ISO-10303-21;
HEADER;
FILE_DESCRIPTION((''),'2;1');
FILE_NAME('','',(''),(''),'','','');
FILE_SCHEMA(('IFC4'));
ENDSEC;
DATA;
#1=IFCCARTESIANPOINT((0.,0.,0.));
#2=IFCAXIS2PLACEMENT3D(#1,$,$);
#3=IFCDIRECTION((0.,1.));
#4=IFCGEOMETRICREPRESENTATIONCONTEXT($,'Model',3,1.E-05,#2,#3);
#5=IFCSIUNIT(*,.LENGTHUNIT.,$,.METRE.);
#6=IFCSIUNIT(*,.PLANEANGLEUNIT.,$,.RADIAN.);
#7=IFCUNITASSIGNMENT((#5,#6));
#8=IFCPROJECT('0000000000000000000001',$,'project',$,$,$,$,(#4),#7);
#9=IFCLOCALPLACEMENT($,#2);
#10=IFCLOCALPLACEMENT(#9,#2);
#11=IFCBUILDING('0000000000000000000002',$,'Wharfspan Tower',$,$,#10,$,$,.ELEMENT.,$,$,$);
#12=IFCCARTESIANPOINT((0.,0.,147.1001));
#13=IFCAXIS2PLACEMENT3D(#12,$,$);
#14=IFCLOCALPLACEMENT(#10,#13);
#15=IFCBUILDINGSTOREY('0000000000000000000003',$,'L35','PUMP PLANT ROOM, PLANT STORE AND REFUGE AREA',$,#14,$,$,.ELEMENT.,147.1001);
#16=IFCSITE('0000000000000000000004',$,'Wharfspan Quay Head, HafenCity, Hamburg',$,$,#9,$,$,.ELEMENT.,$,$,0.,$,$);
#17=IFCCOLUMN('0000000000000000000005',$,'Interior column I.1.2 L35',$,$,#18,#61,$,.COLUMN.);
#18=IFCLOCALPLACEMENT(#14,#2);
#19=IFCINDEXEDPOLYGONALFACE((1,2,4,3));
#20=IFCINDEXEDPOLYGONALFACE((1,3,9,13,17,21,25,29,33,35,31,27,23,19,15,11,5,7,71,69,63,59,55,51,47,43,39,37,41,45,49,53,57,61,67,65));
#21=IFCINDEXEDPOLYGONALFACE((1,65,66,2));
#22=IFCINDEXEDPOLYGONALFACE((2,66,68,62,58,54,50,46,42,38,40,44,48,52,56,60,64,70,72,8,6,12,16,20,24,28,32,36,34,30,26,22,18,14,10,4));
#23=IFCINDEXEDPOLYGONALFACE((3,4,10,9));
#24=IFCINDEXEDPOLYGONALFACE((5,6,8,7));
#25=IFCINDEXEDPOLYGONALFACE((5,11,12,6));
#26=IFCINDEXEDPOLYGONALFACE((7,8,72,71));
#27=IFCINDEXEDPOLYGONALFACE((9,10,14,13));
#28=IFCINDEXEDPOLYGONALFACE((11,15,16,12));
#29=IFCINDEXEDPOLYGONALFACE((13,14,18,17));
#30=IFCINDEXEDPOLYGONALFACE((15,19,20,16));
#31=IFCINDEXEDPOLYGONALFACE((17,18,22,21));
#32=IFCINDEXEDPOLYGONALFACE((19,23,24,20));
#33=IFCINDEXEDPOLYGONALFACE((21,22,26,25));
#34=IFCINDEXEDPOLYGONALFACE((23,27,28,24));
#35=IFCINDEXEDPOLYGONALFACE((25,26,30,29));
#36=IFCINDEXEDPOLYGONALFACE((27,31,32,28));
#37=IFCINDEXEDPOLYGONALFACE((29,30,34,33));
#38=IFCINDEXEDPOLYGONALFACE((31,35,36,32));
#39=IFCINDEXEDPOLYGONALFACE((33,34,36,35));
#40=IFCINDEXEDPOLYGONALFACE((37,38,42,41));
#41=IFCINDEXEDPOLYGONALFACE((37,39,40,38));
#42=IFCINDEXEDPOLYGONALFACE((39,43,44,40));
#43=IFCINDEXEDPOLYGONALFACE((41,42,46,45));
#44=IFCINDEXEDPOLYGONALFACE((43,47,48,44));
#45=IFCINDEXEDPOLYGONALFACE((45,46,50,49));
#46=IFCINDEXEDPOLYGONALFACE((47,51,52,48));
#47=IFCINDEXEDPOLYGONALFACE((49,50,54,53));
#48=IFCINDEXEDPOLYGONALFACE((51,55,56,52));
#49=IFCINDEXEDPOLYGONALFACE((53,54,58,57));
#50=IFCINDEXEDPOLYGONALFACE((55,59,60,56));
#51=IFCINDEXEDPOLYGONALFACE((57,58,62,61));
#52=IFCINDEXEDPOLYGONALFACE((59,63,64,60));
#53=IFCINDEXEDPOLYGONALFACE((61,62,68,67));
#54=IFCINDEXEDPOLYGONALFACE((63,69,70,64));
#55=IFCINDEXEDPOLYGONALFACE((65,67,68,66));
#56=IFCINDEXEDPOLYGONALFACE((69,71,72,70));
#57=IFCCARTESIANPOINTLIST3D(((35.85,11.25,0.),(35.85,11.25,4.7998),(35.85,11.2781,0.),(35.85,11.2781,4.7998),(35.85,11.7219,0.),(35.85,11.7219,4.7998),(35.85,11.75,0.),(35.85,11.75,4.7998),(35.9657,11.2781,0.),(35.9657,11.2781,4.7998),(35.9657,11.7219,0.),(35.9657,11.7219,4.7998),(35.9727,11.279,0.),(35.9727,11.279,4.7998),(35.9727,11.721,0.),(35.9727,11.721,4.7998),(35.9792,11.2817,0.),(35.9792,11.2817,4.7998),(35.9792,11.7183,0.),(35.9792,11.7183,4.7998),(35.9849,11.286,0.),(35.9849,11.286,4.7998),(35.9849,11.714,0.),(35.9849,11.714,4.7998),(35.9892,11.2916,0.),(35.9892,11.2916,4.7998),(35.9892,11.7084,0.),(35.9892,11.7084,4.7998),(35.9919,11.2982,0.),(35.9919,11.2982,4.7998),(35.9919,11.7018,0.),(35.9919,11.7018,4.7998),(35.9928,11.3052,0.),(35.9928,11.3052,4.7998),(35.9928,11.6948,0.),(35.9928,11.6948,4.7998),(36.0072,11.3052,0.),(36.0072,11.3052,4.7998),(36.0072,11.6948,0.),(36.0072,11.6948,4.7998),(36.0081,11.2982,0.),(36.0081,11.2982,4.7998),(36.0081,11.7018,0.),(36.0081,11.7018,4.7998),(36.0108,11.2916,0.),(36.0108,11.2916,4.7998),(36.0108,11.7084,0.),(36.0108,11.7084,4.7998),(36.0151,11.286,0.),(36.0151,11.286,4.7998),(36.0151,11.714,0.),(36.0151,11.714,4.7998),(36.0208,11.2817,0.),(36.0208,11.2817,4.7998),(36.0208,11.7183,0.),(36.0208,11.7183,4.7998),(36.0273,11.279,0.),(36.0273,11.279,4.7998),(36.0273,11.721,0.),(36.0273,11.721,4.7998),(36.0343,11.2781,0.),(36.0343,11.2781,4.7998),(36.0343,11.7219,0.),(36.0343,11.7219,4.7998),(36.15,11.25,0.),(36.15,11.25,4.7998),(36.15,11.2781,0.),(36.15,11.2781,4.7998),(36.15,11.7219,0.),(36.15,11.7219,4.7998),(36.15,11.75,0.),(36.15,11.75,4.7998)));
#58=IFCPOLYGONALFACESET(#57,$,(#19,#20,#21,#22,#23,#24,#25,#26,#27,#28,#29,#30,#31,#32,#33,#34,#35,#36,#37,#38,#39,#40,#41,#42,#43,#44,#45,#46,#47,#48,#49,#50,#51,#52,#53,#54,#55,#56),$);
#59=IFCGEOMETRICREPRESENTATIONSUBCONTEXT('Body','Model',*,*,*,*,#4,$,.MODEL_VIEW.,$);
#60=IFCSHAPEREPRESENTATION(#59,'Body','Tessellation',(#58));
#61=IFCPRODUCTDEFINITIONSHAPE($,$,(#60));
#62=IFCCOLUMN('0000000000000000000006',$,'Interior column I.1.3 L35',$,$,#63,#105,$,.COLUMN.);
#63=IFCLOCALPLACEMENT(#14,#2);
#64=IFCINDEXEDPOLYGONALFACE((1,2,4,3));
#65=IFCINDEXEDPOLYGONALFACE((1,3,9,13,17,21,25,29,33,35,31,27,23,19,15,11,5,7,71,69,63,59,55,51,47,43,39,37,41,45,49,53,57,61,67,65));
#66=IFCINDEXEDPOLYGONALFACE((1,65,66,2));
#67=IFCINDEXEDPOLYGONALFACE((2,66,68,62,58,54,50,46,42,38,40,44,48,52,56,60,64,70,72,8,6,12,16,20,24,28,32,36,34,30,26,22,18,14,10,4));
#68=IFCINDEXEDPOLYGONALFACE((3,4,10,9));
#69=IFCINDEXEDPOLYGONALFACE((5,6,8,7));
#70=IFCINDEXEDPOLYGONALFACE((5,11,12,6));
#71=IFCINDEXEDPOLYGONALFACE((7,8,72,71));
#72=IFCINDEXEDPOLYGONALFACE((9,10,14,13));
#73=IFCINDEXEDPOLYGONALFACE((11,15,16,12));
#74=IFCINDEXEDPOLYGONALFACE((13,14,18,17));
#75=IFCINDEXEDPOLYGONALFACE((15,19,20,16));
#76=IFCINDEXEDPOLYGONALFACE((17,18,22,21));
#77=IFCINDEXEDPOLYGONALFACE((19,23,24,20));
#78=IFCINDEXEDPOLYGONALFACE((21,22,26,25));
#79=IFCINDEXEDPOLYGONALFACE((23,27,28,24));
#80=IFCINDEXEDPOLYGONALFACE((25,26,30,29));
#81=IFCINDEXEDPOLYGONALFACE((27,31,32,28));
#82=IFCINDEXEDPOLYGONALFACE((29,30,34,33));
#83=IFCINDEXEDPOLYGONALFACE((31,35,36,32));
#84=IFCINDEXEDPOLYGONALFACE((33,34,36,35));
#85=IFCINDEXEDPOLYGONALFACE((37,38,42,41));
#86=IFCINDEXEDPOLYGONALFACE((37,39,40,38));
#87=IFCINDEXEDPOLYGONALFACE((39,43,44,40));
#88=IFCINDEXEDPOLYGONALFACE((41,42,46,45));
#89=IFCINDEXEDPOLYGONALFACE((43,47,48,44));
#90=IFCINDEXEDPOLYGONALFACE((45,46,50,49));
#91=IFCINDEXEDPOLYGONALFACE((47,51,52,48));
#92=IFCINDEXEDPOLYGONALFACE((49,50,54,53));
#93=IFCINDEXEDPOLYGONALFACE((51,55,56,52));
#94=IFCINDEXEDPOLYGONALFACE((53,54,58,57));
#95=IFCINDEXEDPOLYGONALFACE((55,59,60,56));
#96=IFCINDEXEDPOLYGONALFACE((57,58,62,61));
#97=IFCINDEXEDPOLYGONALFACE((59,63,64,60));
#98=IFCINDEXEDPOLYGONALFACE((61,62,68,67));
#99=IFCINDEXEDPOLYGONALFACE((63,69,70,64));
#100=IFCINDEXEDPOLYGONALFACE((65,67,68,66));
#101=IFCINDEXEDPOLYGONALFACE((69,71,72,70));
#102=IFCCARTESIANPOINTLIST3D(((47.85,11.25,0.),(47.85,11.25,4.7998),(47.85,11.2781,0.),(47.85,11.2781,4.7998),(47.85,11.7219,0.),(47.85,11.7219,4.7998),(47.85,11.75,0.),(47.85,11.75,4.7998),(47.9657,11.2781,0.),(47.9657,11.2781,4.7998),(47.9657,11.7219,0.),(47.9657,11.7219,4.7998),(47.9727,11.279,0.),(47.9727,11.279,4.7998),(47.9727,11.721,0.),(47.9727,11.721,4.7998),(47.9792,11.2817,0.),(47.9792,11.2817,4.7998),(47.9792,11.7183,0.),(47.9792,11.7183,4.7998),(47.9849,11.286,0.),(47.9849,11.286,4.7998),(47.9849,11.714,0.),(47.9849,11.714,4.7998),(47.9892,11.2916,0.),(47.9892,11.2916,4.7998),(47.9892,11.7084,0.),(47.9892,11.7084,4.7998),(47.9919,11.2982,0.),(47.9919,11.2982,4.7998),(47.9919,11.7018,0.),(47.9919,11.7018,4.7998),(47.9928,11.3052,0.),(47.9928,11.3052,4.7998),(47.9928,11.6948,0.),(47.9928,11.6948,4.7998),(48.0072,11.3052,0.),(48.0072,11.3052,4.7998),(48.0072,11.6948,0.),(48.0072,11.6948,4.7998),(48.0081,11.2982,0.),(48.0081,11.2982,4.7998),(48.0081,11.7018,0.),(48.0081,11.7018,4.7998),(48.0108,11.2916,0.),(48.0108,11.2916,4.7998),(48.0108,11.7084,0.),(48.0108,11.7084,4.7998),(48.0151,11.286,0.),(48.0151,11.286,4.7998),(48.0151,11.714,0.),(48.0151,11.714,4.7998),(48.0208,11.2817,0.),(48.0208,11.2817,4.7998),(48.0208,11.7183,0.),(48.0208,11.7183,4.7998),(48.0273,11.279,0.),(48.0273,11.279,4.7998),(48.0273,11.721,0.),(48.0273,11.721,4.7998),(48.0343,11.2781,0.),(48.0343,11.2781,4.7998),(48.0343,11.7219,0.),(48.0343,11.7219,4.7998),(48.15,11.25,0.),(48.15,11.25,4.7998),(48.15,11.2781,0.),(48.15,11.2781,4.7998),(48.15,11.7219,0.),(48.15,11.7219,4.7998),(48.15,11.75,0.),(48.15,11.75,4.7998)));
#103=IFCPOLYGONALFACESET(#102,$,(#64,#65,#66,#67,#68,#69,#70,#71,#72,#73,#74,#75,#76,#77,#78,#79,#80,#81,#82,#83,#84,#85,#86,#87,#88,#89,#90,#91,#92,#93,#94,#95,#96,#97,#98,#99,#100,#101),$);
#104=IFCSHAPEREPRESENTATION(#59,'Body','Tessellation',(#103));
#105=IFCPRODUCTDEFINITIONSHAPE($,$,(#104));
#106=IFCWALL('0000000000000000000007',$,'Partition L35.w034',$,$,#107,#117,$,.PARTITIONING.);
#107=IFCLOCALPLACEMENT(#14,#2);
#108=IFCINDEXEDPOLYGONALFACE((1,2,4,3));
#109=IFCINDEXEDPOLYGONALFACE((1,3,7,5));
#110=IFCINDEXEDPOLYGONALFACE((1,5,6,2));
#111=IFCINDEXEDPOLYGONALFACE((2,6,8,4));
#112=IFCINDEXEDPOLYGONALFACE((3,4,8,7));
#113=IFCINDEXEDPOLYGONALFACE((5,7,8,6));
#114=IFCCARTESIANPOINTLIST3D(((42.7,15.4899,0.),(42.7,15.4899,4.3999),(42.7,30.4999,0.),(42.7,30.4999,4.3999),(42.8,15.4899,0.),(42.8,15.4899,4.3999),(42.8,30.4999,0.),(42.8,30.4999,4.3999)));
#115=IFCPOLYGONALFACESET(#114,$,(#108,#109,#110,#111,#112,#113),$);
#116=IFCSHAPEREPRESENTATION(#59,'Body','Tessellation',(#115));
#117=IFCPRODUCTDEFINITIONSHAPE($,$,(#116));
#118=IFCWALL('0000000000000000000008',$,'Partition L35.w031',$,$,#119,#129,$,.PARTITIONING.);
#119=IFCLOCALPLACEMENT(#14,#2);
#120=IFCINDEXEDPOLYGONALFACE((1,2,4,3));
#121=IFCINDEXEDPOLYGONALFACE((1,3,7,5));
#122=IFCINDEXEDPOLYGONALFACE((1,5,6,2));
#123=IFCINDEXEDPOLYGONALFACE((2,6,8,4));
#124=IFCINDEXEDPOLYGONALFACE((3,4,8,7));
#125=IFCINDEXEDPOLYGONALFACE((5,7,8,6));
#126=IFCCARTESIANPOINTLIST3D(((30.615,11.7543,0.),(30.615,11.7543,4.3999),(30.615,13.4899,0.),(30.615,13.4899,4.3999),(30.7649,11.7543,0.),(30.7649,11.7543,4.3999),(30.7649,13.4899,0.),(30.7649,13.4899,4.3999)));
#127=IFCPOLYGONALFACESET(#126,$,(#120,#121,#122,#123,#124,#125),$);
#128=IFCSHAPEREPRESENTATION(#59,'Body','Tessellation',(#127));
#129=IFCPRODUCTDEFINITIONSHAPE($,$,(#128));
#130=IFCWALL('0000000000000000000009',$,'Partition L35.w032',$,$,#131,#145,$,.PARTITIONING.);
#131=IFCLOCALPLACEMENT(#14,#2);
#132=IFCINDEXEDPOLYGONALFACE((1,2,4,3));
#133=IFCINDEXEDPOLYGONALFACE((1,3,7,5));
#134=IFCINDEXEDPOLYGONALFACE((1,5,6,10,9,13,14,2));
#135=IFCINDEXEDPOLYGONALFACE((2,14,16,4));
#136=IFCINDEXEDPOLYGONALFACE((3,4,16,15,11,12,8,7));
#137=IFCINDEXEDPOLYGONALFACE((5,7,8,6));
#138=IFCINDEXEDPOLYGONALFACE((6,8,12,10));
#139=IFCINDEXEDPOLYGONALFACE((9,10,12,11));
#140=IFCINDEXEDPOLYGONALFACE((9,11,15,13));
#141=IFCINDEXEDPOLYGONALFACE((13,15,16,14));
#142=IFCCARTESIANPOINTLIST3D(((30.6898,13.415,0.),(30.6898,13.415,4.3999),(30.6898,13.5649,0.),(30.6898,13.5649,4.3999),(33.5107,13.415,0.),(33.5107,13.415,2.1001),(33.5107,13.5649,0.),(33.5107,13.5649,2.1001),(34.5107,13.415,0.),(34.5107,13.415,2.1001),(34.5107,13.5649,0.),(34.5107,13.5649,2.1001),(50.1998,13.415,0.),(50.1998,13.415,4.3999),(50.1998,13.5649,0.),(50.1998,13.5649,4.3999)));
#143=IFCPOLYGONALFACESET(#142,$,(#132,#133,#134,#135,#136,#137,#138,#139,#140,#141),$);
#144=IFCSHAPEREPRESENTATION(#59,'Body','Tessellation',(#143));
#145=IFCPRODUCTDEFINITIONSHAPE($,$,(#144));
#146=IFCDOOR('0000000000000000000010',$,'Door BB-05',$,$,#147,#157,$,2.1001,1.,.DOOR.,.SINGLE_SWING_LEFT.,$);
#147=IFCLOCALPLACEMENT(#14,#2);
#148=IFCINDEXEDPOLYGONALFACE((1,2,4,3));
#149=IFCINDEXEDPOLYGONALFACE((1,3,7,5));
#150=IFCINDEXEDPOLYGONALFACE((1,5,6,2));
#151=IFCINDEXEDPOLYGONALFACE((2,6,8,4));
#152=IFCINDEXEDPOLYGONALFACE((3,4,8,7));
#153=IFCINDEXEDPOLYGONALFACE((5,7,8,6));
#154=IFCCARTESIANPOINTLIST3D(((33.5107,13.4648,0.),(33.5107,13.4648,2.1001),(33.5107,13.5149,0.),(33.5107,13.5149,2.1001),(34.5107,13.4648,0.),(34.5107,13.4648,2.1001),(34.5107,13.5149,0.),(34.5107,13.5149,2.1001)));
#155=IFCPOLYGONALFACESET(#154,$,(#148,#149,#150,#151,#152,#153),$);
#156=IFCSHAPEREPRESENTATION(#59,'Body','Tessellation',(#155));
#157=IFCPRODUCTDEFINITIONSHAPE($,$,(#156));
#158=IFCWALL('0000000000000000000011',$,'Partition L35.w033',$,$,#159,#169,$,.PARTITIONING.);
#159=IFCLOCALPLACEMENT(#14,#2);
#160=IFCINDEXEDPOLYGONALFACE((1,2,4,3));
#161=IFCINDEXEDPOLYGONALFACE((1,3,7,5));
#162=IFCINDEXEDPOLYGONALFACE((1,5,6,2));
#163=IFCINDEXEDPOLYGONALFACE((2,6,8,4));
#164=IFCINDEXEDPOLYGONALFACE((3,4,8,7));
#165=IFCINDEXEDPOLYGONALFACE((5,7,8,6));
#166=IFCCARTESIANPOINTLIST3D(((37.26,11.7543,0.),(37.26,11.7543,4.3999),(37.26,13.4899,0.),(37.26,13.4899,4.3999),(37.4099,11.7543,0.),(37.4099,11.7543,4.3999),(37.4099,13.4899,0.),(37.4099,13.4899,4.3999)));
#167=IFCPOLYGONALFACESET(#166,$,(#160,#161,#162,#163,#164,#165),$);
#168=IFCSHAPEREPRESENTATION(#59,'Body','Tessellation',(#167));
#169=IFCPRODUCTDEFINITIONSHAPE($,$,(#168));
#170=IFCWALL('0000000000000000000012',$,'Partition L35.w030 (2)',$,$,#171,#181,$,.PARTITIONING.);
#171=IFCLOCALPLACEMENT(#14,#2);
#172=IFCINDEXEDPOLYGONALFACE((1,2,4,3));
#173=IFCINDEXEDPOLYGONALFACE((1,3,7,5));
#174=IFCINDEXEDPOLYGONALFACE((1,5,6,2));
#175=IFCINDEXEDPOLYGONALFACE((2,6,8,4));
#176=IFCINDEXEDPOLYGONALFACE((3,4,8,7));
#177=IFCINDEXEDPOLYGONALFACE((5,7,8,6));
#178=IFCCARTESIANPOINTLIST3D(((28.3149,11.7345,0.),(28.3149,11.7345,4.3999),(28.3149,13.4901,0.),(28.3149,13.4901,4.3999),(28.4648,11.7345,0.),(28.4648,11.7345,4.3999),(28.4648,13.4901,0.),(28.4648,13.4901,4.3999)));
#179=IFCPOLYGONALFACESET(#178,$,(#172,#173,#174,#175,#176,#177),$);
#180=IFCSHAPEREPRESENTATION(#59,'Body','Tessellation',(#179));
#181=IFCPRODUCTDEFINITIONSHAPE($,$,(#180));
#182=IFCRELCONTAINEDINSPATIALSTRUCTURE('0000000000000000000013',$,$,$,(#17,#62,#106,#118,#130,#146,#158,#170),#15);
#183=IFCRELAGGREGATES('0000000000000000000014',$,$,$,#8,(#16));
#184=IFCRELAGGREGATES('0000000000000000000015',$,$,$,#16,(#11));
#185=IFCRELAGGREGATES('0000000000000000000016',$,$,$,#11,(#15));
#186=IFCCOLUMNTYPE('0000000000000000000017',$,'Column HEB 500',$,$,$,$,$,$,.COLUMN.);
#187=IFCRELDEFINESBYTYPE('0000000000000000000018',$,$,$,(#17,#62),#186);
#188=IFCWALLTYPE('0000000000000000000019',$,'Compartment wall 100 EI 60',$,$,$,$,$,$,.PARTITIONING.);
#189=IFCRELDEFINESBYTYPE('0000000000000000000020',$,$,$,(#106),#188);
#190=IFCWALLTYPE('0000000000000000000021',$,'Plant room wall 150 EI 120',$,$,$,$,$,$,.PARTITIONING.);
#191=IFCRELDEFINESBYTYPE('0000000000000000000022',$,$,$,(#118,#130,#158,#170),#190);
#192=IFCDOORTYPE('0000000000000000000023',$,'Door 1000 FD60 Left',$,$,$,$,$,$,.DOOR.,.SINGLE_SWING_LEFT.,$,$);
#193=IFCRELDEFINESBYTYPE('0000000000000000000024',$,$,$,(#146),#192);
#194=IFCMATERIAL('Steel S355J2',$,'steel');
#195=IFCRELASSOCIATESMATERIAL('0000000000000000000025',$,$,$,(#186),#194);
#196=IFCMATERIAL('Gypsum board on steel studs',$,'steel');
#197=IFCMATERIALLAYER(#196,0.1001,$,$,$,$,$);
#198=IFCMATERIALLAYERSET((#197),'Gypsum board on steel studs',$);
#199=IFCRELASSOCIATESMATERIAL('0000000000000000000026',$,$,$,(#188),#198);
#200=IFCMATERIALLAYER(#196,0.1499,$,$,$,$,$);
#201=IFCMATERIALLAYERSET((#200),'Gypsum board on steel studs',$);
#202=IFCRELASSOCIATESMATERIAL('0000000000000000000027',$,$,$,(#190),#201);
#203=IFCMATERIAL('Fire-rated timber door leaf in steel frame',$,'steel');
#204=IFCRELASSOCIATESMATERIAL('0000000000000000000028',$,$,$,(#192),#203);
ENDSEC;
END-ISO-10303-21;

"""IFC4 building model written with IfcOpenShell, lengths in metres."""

from ifc_helpers import new_model, si_unit, direction, frame, frame_2d, origin, origin_2d, place, context, subcontext, project, spatial, rectangle, i_section, extrude, material, layer, layer_set, material_profile, profile_set, type_object, element, fill, save


model = new_model("IFC4")

# Units and contexts
model_context = context("Model", 3, precision=1e-05, world=origin(), true_north=direction((0.0, 1.0)))
body_context = subcontext(model_context, "Body", "Model", "MODEL_VIEW")
ifc_project = project(units=[si_unit("LENGTHUNIT", "METRE"), si_unit("PLANEANGLEUNIT", "RADIAN")], contexts=[model_context])

# Site, building, storey
site_placement = place(None, origin())
site = spatial("IfcSite", under=ifc_project, at=site_placement, Name="Wharfspan Quay Head, HafenCity, Hamburg", CompositionType="ELEMENT", RefElevation=0.0)
building_placement = place(site_placement, origin())
building = spatial("IfcBuilding", under=site, at=building_placement, Name="Wharfspan Tower", CompositionType="ELEMENT")
storey_placement = place(building_placement, frame((0.0, 0.0, 147.1001)))
storey = spatial("IfcBuildingStorey", under=building, at=storey_placement, Name="L35", Description="PUMP PLANT ROOM, PLANT STORE AND REFUGE AREA", CompositionType="ELEMENT", Elevation=147.1001)

# Columns
ifc_material_1 = material(Name="Steel S355J2", Category="steel")
ifc_material_profile = material_profile(ifc_material_1, i_section(OverallWidth=0.3, OverallDepth=0.5, WebThickness=0.0144, FlangeThickness=0.0281, FilletRadius=0.0271, at=origin_2d()))
ifc_profile_set = profile_set([ifc_material_profile], Name="Steel S355J2")
column_type = type_object("IfcColumnType", Name="Column HEB 500", PredefinedType="COLUMN", material=ifc_profile_set)
for number, where, z_axis, x_axis, name in (
    (1, (36.0, 11.5, 0.0), (0.0, 0.0, 1.0), (1.0, 0.0, 0.0), "Interior column I.1.2 L35"),
    (2, (48.0, 11.5, 0.0), (0.0, 0.0, 1.0), (1.0, 0.0, 0.0), "Interior column I.1.3 L35"),
):
    element("IfcColumn", number, at=place(storey_placement, frame(where, z_axis=z_axis, x_axis=x_axis)), inside=storey, type_object=column_type, Name=name, PredefinedType="COLUMN", context=body_context, shape_type="SweptSolid", body=[
        extrude(i_section(OverallWidth=0.3, OverallDepth=0.5, WebThickness=0.0144, FlangeThickness=0.0281, FilletRadius=0.0271, at=origin_2d()), origin(), (0.0, 0.0, 1.0), 4.7998),
    ])

# Walls
ifc_material_2 = material(Name="Gypsum board on steel studs", Category="steel")
ifc_layer_1 = layer(ifc_material_2, 0.1001)
ifc_layer_set_1 = layer_set([ifc_layer_1], Name="Gypsum board on steel studs")
wall_type_1 = type_object("IfcWallType", Name="Compartment wall 100 EI 60", PredefinedType="PARTITIONING", material=ifc_layer_set_1)
wall_1_placement = place(storey_placement, frame((42.75, 15.49, 0.0), z_axis=(0.0, 0.0, 1.0), x_axis=(0.0, 1.0, 0.0)))
element("IfcWall", 3, at=wall_1_placement, inside=storey, type_object=wall_type_1, Name="Partition L35.w034", PredefinedType="PARTITIONING", context=body_context, shape_type="SweptSolid", body=[
    extrude(rectangle(XDim=15.01, YDim=0.1001, at=frame_2d((7.5049, 0.0))), origin(), (0.0, 0.0, 1.0), 4.3999),
])
ifc_layer_2 = layer(ifc_material_2, 0.1499)
ifc_layer_set_2 = layer_set([ifc_layer_2], Name="Gypsum board on steel studs")
wall_type_2 = type_object("IfcWallType", Name="Plant room wall 150 EI 120", PredefinedType="PARTITIONING", material=ifc_layer_set_2)
wall_2_placement = place(storey_placement, frame((30.6899, 11.7544, 0.0), z_axis=(0.0, 0.0, 1.0), x_axis=(0.0, 1.0, 0.0)))
element("IfcWall", 4, at=wall_2_placement, inside=storey, type_object=wall_type_2, Name="Partition L35.w031", PredefinedType="PARTITIONING", context=body_context, shape_type="SweptSolid", body=[
    extrude(rectangle(XDim=1.7356, YDim=0.1499, at=frame_2d((0.8677, 0.0))), origin(), (0.0, 0.0, 1.0), 4.3999),
])

# Wall, opening, door
wall_3_placement = place(storey_placement, frame((30.6899, 13.49, 0.0), z_axis=(0.0, 0.0, 1.0), x_axis=(1.0, 0.0, 0.0)))
wall_3 = element("IfcWall", 5, at=wall_3_placement, inside=storey, type_object=wall_type_2, Name="Partition L35.w032", PredefinedType="PARTITIONING", context=body_context, shape_type="SweptSolid", body=[
    extrude(rectangle(XDim=19.51, YDim=0.1499, at=frame_2d((9.7549, 0.0))), origin(), (0.0, 0.0, 1.0), 4.3999),
])
opening_1_placement = place(wall_3_placement, frame((2.8208, 0.0, 0.0)))
opening_1 = element("IfcOpeningElement", 6, at=opening_1_placement, cuts=wall_3, PredefinedType="OPENING", context=body_context, shape_type="SweptSolid", body=[
    extrude(rectangle(XDim=1.0, YDim=2.1001, at=frame_2d((0.5, 1.05))), frame((0.0, 0.085, 0.0), z_axis=(0.0, -1.0, 0.0), x_axis=(1.0, 0.0, 0.0)), (0.0, 0.0, 1.0), 0.1699),
])
ifc_material_3 = material(Name="Fire-rated timber door leaf in steel frame", Category="steel")
door_type_1 = type_object("IfcDoorType", Name="Door 1000 FD60 Left", OperationType="SINGLE_SWING_LEFT", PredefinedType="DOOR", material=ifc_material_3)
door_1_placement = place(opening_1_placement, origin())
door_1 = element("IfcDoor", 7, at=door_1_placement, inside=storey, type_object=door_type_1, Name="Door BB-05", OperationType="SINGLE_SWING_LEFT", OverallHeight=2.1001, OverallWidth=1.0, PredefinedType="DOOR", context=body_context, shape_type="SweptSolid", body=[
    extrude(rectangle(XDim=1.0, YDim=2.1001, at=frame_2d((0.5, 1.05))), frame((0.0, 0.0249, 0.0), z_axis=(0.0, -1.0, 0.0), x_axis=(1.0, 0.0, 0.0)), (0.0, 0.0, 1.0), 0.05),
])
fill(opening_1, door_1)

# Walls
wall_4_placement = place(storey_placement, frame((37.335, 11.7544, 0.0), z_axis=(0.0, 0.0, 1.0), x_axis=(0.0, 1.0, 0.0)))
element("IfcWall", 8, at=wall_4_placement, inside=storey, type_object=wall_type_2, Name="Partition L35.w033", PredefinedType="PARTITIONING", context=body_context, shape_type="SweptSolid", body=[
    extrude(rectangle(XDim=1.7356, YDim=0.1499, at=frame_2d((0.8677, 0.0))), origin(), (0.0, 0.0, 1.0), 4.3999),
])
wall_5_placement = place(storey_placement, frame((28.3899, 11.7344, 0.0), z_axis=(0.0, 0.0, 1.0), x_axis=(0.0, 1.0, 0.0)))
element("IfcWall", 9, at=wall_5_placement, inside=storey, type_object=wall_type_2, Name="Partition L35.w030 (2)", PredefinedType="PARTITIONING", context=body_context, shape_type="SweptSolid", body=[
    extrude(rectangle(XDim=1.7556, YDim=0.1499, at=frame_2d((0.8779, 0.0))), origin(), (0.0, 0.0, 1.0), 4.3999),
])

save(model, "model.ifc")
